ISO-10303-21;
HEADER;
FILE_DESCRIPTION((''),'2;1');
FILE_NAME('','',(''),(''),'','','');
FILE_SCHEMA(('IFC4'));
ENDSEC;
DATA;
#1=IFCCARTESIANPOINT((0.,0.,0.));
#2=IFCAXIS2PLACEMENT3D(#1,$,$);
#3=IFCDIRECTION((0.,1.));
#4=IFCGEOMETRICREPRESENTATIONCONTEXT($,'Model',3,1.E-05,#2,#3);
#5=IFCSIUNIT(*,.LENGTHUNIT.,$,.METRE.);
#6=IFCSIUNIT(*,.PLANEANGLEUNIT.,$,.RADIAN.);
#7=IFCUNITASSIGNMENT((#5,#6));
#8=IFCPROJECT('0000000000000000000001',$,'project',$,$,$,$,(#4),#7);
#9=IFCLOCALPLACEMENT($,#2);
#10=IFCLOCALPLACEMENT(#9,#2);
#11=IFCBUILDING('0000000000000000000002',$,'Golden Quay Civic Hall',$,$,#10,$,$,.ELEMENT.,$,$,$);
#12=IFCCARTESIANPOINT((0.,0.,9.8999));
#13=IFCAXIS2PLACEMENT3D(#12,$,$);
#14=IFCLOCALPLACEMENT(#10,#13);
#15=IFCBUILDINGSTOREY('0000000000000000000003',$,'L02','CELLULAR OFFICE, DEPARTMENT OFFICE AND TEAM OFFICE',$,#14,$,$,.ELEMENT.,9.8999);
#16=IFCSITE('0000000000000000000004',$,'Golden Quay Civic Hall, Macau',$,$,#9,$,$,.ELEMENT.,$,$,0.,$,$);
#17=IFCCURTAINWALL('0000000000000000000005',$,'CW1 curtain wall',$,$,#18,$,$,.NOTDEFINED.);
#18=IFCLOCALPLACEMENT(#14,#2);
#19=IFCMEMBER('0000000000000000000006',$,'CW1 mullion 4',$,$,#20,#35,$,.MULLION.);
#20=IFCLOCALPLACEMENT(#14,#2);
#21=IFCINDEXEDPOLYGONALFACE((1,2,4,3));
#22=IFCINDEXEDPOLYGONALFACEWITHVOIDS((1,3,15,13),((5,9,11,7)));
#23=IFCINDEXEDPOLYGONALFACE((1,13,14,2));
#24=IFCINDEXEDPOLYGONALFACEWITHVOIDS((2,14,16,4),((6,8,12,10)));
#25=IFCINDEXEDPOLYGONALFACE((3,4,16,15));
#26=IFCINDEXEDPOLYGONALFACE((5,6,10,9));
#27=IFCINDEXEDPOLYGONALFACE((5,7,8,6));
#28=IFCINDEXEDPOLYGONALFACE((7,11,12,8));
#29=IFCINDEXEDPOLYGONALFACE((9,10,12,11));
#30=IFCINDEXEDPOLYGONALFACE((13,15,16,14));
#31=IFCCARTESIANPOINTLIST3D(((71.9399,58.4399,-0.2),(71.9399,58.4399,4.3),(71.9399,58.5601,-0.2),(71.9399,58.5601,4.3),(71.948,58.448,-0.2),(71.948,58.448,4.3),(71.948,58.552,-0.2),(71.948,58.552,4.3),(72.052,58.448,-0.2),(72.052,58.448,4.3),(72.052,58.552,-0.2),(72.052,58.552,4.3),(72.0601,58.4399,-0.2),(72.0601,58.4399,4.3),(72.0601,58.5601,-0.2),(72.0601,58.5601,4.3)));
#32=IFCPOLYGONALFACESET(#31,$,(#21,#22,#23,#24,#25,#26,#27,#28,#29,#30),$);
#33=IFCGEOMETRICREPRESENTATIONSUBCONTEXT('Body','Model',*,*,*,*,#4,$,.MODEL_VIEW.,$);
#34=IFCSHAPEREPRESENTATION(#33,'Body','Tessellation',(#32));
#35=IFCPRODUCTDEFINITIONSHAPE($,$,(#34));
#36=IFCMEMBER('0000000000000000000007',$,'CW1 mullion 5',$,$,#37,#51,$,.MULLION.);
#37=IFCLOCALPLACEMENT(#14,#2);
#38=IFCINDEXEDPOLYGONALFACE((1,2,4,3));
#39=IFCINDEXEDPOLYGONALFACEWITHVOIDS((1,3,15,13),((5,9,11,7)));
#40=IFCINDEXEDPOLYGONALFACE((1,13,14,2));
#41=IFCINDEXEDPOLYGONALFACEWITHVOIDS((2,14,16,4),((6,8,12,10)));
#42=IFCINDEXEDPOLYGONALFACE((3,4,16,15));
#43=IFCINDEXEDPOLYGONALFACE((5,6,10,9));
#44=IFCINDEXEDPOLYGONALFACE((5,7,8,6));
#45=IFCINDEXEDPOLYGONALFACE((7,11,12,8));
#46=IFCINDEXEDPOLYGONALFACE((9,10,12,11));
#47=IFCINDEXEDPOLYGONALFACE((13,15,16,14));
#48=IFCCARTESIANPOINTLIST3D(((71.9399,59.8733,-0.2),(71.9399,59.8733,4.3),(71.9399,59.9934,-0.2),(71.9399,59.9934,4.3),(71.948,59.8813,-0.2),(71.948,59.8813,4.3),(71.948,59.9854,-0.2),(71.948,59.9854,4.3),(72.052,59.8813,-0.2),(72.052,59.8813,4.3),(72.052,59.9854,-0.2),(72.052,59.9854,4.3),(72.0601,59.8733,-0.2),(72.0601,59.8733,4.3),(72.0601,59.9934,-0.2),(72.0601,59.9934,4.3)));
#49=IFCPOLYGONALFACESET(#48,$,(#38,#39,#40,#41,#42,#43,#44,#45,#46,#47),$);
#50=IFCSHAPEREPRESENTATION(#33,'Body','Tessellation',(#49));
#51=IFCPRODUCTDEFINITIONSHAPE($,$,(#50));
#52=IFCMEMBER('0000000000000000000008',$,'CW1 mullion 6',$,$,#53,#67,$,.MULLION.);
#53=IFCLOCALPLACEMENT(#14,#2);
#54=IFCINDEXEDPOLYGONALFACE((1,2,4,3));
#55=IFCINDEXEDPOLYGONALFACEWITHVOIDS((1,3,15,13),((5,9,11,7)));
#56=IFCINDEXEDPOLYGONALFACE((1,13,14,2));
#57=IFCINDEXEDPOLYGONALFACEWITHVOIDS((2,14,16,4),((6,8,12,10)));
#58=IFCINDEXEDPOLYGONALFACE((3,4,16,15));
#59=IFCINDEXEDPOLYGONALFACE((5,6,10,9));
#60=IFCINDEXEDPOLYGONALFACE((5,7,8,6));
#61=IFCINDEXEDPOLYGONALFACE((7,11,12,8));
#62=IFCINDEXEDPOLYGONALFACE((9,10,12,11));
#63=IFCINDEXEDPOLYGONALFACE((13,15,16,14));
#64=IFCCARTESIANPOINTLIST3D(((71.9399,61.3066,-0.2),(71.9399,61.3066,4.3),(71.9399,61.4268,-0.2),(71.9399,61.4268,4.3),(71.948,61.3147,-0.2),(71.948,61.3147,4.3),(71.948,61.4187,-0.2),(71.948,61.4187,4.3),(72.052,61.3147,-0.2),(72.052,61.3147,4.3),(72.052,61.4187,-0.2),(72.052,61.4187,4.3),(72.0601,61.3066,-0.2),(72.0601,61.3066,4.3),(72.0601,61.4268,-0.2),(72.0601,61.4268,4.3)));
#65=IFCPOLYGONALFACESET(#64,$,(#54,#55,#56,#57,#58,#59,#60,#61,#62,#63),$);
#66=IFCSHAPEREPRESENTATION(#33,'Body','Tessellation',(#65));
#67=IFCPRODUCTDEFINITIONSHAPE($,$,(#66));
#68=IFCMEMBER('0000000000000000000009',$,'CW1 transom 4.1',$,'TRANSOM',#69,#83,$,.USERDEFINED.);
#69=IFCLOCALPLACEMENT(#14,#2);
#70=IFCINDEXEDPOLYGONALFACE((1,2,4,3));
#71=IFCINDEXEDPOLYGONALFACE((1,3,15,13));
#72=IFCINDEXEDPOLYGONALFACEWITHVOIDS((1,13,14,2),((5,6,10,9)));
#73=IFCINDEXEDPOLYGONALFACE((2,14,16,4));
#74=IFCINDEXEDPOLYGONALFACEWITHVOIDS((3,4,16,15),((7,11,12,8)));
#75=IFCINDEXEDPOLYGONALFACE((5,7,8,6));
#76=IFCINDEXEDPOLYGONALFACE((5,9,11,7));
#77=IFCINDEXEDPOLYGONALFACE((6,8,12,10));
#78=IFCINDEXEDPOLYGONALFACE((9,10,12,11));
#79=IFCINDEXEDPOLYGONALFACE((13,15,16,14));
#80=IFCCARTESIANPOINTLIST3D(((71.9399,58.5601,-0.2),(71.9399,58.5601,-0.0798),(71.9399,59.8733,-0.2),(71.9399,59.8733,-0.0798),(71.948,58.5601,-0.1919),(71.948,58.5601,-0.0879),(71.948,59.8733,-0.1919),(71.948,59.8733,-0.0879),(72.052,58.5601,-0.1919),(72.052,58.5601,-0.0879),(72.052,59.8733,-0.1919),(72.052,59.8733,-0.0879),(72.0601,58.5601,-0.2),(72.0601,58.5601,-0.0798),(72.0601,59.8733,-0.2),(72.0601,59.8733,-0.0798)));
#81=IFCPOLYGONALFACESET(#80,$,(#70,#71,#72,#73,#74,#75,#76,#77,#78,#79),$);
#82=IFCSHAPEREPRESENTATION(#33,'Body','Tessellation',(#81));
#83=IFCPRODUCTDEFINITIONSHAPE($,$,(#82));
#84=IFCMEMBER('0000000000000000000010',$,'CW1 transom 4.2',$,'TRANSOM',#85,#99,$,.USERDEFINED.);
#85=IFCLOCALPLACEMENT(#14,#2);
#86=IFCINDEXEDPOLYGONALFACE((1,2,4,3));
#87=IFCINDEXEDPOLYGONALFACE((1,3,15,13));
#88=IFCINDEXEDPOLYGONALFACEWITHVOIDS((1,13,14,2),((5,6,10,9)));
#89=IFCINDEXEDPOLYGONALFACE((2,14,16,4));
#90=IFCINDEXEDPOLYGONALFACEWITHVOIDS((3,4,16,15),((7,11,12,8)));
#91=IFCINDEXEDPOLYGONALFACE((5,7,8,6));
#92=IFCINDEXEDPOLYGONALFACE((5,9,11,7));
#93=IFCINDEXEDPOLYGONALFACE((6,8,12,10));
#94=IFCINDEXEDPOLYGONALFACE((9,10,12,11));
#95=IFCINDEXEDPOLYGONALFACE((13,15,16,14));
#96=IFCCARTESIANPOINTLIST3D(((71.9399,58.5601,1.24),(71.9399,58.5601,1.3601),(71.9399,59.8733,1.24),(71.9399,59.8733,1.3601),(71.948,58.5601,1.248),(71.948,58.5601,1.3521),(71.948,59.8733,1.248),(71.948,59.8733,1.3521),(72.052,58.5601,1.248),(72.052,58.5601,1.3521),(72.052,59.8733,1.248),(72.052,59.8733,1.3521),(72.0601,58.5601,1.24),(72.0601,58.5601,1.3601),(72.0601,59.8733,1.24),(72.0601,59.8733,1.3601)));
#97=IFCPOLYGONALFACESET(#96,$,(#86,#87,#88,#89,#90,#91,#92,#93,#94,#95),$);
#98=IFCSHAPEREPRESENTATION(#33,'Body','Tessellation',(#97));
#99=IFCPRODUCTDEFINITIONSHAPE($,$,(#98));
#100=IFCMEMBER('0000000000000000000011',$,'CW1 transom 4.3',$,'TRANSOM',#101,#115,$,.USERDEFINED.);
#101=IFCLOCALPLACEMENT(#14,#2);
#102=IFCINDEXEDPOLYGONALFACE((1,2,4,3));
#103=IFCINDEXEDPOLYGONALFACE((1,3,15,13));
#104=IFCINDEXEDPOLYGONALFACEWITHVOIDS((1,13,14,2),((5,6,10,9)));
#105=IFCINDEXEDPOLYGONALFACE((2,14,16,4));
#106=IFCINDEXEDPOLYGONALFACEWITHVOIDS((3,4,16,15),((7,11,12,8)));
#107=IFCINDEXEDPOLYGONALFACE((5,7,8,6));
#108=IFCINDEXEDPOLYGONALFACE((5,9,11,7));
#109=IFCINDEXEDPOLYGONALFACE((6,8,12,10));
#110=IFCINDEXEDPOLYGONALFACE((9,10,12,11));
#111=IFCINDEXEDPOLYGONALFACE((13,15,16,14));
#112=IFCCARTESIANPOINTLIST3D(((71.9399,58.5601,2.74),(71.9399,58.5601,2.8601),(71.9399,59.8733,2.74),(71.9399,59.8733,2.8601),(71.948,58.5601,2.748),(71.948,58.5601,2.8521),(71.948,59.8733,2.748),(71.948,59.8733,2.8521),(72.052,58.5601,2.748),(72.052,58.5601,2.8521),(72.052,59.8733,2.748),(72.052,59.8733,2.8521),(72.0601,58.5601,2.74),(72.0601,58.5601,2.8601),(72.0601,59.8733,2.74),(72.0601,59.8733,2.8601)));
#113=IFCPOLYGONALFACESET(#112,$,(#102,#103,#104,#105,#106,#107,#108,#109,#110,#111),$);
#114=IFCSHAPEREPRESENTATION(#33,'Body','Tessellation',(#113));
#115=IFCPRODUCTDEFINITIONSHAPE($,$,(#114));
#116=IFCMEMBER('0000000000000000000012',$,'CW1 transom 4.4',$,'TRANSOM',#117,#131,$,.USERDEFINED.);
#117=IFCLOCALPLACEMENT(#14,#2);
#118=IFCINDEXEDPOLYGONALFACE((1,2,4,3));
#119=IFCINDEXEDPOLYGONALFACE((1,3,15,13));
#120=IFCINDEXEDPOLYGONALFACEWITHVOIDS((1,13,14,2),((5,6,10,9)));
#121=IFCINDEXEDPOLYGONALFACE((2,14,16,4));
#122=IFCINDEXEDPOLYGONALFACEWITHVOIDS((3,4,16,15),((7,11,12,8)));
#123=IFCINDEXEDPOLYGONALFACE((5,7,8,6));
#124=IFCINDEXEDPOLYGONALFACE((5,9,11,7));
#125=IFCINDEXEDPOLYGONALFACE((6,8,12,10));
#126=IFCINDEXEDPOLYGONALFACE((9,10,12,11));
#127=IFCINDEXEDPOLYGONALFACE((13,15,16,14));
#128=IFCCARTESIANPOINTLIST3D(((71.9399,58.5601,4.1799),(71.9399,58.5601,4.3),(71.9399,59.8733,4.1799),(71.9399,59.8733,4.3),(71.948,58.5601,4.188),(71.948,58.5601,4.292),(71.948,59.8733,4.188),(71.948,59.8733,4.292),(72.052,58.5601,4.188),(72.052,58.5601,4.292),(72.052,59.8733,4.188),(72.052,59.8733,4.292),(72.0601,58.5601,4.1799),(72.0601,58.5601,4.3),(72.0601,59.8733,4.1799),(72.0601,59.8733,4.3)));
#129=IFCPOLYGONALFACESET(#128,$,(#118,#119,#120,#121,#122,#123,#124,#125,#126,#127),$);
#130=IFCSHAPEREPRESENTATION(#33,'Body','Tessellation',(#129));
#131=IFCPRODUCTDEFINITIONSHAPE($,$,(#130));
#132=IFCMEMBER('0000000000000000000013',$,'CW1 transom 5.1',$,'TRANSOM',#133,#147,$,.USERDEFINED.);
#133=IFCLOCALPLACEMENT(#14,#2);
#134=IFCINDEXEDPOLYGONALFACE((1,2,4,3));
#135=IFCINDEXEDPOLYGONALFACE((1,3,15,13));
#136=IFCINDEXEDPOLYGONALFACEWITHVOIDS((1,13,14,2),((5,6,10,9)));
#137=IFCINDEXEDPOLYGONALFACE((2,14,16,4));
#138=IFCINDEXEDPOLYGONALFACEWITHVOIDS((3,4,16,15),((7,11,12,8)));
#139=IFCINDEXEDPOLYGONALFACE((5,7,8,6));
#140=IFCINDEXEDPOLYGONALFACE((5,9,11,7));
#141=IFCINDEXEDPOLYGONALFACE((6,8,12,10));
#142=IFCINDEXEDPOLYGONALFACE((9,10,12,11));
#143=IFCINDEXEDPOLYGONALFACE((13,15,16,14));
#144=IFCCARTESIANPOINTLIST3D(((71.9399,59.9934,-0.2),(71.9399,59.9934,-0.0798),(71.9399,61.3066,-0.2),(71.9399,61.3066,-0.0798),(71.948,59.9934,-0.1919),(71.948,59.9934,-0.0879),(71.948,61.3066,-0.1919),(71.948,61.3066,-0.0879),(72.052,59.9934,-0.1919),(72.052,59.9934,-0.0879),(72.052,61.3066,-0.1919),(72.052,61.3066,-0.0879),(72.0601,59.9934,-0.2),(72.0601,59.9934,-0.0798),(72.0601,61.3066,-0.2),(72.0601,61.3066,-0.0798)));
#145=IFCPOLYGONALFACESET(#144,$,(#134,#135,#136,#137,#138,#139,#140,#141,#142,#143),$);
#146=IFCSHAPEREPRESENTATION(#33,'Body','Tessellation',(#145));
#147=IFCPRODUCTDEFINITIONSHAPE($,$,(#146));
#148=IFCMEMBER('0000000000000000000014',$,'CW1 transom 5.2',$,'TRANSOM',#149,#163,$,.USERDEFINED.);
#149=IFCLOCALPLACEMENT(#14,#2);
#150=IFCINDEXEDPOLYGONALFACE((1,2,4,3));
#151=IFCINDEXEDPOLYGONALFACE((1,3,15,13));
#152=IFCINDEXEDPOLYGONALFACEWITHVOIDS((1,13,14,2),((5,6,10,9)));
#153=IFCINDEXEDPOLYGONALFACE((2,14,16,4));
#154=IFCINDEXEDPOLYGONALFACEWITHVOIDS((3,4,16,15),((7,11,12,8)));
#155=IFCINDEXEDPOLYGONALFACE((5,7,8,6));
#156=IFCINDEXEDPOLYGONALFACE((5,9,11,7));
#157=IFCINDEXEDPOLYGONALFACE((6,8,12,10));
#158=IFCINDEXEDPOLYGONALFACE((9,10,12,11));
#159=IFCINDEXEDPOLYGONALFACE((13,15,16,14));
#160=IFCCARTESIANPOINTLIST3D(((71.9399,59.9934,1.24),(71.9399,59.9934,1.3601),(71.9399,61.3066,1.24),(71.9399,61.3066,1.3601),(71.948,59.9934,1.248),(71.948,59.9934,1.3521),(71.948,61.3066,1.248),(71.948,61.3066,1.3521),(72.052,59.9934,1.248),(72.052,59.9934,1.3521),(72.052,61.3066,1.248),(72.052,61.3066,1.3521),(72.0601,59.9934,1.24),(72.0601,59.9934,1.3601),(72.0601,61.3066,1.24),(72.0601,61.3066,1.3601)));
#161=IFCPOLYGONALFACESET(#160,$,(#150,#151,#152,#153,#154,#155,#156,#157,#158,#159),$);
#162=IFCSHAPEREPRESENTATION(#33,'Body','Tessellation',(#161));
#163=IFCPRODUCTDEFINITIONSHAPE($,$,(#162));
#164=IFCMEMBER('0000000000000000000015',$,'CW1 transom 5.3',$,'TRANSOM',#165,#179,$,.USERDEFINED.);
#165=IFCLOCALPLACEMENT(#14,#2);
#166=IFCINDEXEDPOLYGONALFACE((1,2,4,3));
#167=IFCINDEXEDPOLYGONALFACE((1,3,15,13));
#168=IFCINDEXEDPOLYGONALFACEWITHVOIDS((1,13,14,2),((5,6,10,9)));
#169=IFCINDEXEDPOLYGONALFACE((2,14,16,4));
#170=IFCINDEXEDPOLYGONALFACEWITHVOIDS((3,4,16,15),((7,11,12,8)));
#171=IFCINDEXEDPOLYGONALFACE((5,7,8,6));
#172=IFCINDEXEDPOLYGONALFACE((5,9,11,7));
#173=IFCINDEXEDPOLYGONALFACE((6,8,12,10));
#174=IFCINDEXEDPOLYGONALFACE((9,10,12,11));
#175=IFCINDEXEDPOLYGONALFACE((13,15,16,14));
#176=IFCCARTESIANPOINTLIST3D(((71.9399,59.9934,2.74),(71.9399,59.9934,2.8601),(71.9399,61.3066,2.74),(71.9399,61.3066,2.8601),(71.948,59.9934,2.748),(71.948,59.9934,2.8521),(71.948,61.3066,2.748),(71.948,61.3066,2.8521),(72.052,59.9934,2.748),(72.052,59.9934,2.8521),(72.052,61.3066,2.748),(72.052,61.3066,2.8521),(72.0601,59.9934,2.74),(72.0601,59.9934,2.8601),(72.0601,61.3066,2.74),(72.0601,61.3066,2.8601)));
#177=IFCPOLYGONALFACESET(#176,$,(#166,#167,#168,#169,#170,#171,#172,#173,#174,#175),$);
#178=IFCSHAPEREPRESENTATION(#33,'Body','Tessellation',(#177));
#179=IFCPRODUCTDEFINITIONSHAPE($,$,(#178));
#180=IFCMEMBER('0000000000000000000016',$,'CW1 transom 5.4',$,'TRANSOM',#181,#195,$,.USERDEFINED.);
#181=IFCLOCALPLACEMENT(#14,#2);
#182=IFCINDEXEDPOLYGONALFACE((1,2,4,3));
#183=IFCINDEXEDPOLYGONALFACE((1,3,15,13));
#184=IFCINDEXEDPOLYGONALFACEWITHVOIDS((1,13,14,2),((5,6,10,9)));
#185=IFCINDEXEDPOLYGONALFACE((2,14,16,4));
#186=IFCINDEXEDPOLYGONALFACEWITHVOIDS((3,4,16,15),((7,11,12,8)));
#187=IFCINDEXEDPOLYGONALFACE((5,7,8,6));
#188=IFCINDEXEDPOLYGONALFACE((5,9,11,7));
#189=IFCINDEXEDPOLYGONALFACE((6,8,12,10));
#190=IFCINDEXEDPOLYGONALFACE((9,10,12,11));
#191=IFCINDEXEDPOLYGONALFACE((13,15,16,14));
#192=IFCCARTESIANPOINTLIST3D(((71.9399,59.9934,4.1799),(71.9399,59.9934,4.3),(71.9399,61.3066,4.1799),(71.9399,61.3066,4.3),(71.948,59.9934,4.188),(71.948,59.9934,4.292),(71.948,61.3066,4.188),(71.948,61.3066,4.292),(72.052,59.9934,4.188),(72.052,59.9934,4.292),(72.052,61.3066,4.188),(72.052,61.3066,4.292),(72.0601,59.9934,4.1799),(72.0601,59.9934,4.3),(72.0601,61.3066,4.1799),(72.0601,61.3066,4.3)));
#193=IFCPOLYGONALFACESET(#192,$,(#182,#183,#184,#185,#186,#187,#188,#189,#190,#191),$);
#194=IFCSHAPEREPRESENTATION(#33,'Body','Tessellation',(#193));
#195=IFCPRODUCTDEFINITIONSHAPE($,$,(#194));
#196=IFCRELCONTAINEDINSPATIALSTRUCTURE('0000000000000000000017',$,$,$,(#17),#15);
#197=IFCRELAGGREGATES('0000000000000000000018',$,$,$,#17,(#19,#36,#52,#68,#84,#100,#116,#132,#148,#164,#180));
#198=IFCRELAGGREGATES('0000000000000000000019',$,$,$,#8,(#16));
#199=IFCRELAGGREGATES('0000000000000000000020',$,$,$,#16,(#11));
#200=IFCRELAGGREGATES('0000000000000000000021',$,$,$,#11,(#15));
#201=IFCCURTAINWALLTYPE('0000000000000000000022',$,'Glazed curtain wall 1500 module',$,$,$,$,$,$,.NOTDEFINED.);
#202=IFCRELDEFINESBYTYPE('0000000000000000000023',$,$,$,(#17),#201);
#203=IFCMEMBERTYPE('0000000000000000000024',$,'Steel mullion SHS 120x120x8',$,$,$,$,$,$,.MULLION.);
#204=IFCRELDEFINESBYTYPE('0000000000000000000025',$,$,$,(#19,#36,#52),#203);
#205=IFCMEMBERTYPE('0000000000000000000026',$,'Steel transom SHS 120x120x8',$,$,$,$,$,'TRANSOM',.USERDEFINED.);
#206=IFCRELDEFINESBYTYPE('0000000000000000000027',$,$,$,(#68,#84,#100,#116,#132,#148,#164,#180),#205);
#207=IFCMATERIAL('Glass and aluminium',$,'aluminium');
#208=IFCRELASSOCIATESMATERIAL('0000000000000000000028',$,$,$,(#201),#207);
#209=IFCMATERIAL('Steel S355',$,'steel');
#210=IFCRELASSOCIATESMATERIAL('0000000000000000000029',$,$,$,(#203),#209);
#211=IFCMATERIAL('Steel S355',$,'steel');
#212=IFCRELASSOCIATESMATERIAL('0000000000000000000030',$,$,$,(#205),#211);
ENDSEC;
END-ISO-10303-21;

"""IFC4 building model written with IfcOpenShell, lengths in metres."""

from ifc_helpers import new_model, si_unit, direction, frame, origin, origin_2d, place, context, subcontext, project, spatial, hollow_rectangle, extrude, material, material_profile, profile_set, type_object, element, aggregate, save


model = new_model("IFC4")

# Units and contexts
model_context = context("Model", 3, precision=1e-05, world=origin(), true_north=direction((0.0, 1.0)))
body_context = subcontext(model_context, "Body", "Model", "MODEL_VIEW")
ifc_project = project(units=[si_unit("LENGTHUNIT", "METRE"), si_unit("PLANEANGLEUNIT", "RADIAN")], contexts=[model_context])

# Site, building, storey
site_placement = place(None, origin())
site = spatial("IfcSite", under=ifc_project, at=site_placement, Name="Golden Quay Civic Hall, Macau", CompositionType="ELEMENT", RefElevation=0.0)
building_placement = place(site_placement, origin())
building = spatial("IfcBuilding", under=site, at=building_placement, Name="Golden Quay Civic Hall", CompositionType="ELEMENT")
storey_placement = place(building_placement, frame((0.0, 0.0, 9.8999)))
storey = spatial("IfcBuildingStorey", under=building, at=storey_placement, Name="L02", Description="CELLULAR OFFICE, DEPARTMENT OFFICE AND TEAM OFFICE", CompositionType="ELEMENT", Elevation=9.8999)

# Curtain wall, members
ifc_material_1 = material(Name="Glass and aluminium", Category="aluminium")
curtain_wall_type = type_object("IfcCurtainWallType", Name="Glazed curtain wall 1500 module", PredefinedType="NOTDEFINED", material=ifc_material_1)
curtain_wall_placement = place(storey_placement, origin())
curtain_wall = element("IfcCurtainWall", 1, at=curtain_wall_placement, inside=storey, type_object=curtain_wall_type, Name="CW1 curtain wall", PredefinedType="NOTDEFINED")
ifc_material_2 = material(Name="Steel S355", Category="steel")
ifc_material_profile_1 = material_profile(ifc_material_2, hollow_rectangle(XDim=0.1201, YDim=0.1201, WallThickness=0.0081, at=origin_2d()), Name="SHS 120x120x8")
ifc_profile_set_1 = profile_set([ifc_material_profile_1], Name="Steel S355")
member_type_1 = type_object("IfcMemberType", Name="Steel mullion SHS 120x120x8", PredefinedType="MULLION", material=ifc_profile_set_1)
member_1_placement = place(storey_placement, frame((72.0, 58.5, -0.2), z_axis=(0.0, 0.0, 1.0), x_axis=(-1.0, 0.0, 0.0)))
member_1 = element("IfcMember", 2, at=member_1_placement, type_object=member_type_1, Name="CW1 mullion 4", PredefinedType="MULLION", context=body_context, shape_type="SweptSolid", body=[
    extrude(hollow_rectangle(XDim=0.1201, YDim=0.1201, WallThickness=0.0081, at=origin_2d()), origin(), (0.0, 0.0, 1.0), 4.5),
])
member_2_placement = place(storey_placement, frame((72.0, 59.9333, -0.2), z_axis=(0.0, 0.0, 1.0), x_axis=(-1.0, 0.0, 0.0)))
member_2 = element("IfcMember", 3, at=member_2_placement, type_object=member_type_1, Name="CW1 mullion 5", PredefinedType="MULLION", context=body_context, shape_type="SweptSolid", body=[
    extrude(hollow_rectangle(XDim=0.1201, YDim=0.1201, WallThickness=0.0081, at=origin_2d()), origin(), (0.0, 0.0, 1.0), 4.5),
])
member_3_placement = place(storey_placement, frame((72.0, 61.3667, -0.2), z_axis=(0.0, 0.0, 1.0), x_axis=(-1.0, 0.0, 0.0)))
member_3 = element("IfcMember", 4, at=member_3_placement, type_object=member_type_1, Name="CW1 mullion 6", PredefinedType="MULLION", context=body_context, shape_type="SweptSolid", body=[
    extrude(hollow_rectangle(XDim=0.1201, YDim=0.1201, WallThickness=0.0081, at=origin_2d()), origin(), (0.0, 0.0, 1.0), 4.5),
])
ifc_material_3 = material(Name="Steel S355", Category="steel")
ifc_material_profile_2 = material_profile(ifc_material_3, hollow_rectangle(XDim=0.1201, YDim=0.1201, WallThickness=0.0081, at=origin_2d()), Name="SHS 120x120x8")
ifc_profile_set_2 = profile_set([ifc_material_profile_2], Name="Steel S355")
member_type_2 = type_object("IfcMemberType", Name="Steel transom SHS 120x120x8", ElementType="TRANSOM", PredefinedType="USERDEFINED", material=ifc_profile_set_2)
member_4_placement = place(storey_placement, frame((72.0, 58.5601, -0.1399), z_axis=(0.0, 1.0, 0.0), x_axis=(-1.0, 0.0, 0.0)))
member_4 = element("IfcMember", 5, at=member_4_placement, type_object=member_type_2, Name="CW1 transom 4.1", ObjectType="TRANSOM", PredefinedType="USERDEFINED", context=body_context, shape_type="SweptSolid", body=[
    extrude(hollow_rectangle(XDim=0.1201, YDim=0.1201, WallThickness=0.0081, at=origin_2d()), origin(), (0.0, 0.0, 1.0), 1.3132),
])
member_5_placement = place(storey_placement, frame((72.0, 58.5601, 1.3), z_axis=(0.0, 1.0, 0.0), x_axis=(-1.0, 0.0, 0.0)))
member_5 = element("IfcMember", 6, at=member_5_placement, type_object=member_type_2, Name="CW1 transom 4.2", ObjectType="TRANSOM", PredefinedType="USERDEFINED", context=body_context, shape_type="SweptSolid", body=[
    extrude(hollow_rectangle(XDim=0.1201, YDim=0.1201, WallThickness=0.0081, at=origin_2d()), origin(), (0.0, 0.0, 1.0), 1.3132),
])
member_6_placement = place(storey_placement, frame((72.0, 58.5601, 2.8), z_axis=(0.0, 1.0, 0.0), x_axis=(-1.0, 0.0, 0.0)))
member_6 = element("IfcMember", 7, at=member_6_placement, type_object=member_type_2, Name="CW1 transom 4.3", ObjectType="TRANSOM", PredefinedType="USERDEFINED", context=body_context, shape_type="SweptSolid", body=[
    extrude(hollow_rectangle(XDim=0.1201, YDim=0.1201, WallThickness=0.0081, at=origin_2d()), origin(), (0.0, 0.0, 1.0), 1.3132),
])
member_7_placement = place(storey_placement, frame((72.0, 58.5601, 4.24), z_axis=(0.0, 1.0, 0.0), x_axis=(-1.0, 0.0, 0.0)))
member_7 = element("IfcMember", 8, at=member_7_placement, type_object=member_type_2, Name="CW1 transom 4.4", ObjectType="TRANSOM", PredefinedType="USERDEFINED", context=body_context, shape_type="SweptSolid", body=[
    extrude(hollow_rectangle(XDim=0.1201, YDim=0.1201, WallThickness=0.0081, at=origin_2d()), origin(), (0.0, 0.0, 1.0), 1.3132),
])
member_8_placement = place(storey_placement, frame((72.0, 59.9934, -0.1399), z_axis=(0.0, 1.0, 0.0), x_axis=(-1.0, 0.0, 0.0)))
member_8 = element("IfcMember", 9, at=member_8_placement, type_object=member_type_2, Name="CW1 transom 5.1", ObjectType="TRANSOM", PredefinedType="USERDEFINED", context=body_context, shape_type="SweptSolid", body=[
    extrude(hollow_rectangle(XDim=0.1201, YDim=0.1201, WallThickness=0.0081, at=origin_2d()), origin(), (0.0, 0.0, 1.0), 1.3132),
])
member_9_placement = place(storey_placement, frame((72.0, 59.9934, 1.3), z_axis=(0.0, 1.0, 0.0), x_axis=(-1.0, 0.0, 0.0)))
member_9 = element("IfcMember", 10, at=member_9_placement, type_object=member_type_2, Name="CW1 transom 5.2", ObjectType="TRANSOM", PredefinedType="USERDEFINED", context=body_context, shape_type="SweptSolid", body=[
    extrude(hollow_rectangle(XDim=0.1201, YDim=0.1201, WallThickness=0.0081, at=origin_2d()), origin(), (0.0, 0.0, 1.0), 1.3132),
])
member_10_placement = place(storey_placement, frame((72.0, 59.9934, 2.8), z_axis=(0.0, 1.0, 0.0), x_axis=(-1.0, 0.0, 0.0)))
member_10 = element("IfcMember", 11, at=member_10_placement, type_object=member_type_2, Name="CW1 transom 5.3", ObjectType="TRANSOM", PredefinedType="USERDEFINED", context=body_context, shape_type="SweptSolid", body=[
    extrude(hollow_rectangle(XDim=0.1201, YDim=0.1201, WallThickness=0.0081, at=origin_2d()), origin(), (0.0, 0.0, 1.0), 1.3132),
])
member_11_placement = place(storey_placement, frame((72.0, 59.9934, 4.24), z_axis=(0.0, 1.0, 0.0), x_axis=(-1.0, 0.0, 0.0)))
member_11 = element("IfcMember", 12, at=member_11_placement, type_object=member_type_2, Name="CW1 transom 5.4", ObjectType="TRANSOM", PredefinedType="USERDEFINED", context=body_context, shape_type="SweptSolid", body=[
    extrude(hollow_rectangle(XDim=0.1201, YDim=0.1201, WallThickness=0.0081, at=origin_2d()), origin(), (0.0, 0.0, 1.0), 1.3132),
])
aggregate(curtain_wall, [member_1, member_2, member_3, member_4, member_5, member_6, member_7, member_8, member_9, member_10, member_11])

save(model, "model.ifc")
